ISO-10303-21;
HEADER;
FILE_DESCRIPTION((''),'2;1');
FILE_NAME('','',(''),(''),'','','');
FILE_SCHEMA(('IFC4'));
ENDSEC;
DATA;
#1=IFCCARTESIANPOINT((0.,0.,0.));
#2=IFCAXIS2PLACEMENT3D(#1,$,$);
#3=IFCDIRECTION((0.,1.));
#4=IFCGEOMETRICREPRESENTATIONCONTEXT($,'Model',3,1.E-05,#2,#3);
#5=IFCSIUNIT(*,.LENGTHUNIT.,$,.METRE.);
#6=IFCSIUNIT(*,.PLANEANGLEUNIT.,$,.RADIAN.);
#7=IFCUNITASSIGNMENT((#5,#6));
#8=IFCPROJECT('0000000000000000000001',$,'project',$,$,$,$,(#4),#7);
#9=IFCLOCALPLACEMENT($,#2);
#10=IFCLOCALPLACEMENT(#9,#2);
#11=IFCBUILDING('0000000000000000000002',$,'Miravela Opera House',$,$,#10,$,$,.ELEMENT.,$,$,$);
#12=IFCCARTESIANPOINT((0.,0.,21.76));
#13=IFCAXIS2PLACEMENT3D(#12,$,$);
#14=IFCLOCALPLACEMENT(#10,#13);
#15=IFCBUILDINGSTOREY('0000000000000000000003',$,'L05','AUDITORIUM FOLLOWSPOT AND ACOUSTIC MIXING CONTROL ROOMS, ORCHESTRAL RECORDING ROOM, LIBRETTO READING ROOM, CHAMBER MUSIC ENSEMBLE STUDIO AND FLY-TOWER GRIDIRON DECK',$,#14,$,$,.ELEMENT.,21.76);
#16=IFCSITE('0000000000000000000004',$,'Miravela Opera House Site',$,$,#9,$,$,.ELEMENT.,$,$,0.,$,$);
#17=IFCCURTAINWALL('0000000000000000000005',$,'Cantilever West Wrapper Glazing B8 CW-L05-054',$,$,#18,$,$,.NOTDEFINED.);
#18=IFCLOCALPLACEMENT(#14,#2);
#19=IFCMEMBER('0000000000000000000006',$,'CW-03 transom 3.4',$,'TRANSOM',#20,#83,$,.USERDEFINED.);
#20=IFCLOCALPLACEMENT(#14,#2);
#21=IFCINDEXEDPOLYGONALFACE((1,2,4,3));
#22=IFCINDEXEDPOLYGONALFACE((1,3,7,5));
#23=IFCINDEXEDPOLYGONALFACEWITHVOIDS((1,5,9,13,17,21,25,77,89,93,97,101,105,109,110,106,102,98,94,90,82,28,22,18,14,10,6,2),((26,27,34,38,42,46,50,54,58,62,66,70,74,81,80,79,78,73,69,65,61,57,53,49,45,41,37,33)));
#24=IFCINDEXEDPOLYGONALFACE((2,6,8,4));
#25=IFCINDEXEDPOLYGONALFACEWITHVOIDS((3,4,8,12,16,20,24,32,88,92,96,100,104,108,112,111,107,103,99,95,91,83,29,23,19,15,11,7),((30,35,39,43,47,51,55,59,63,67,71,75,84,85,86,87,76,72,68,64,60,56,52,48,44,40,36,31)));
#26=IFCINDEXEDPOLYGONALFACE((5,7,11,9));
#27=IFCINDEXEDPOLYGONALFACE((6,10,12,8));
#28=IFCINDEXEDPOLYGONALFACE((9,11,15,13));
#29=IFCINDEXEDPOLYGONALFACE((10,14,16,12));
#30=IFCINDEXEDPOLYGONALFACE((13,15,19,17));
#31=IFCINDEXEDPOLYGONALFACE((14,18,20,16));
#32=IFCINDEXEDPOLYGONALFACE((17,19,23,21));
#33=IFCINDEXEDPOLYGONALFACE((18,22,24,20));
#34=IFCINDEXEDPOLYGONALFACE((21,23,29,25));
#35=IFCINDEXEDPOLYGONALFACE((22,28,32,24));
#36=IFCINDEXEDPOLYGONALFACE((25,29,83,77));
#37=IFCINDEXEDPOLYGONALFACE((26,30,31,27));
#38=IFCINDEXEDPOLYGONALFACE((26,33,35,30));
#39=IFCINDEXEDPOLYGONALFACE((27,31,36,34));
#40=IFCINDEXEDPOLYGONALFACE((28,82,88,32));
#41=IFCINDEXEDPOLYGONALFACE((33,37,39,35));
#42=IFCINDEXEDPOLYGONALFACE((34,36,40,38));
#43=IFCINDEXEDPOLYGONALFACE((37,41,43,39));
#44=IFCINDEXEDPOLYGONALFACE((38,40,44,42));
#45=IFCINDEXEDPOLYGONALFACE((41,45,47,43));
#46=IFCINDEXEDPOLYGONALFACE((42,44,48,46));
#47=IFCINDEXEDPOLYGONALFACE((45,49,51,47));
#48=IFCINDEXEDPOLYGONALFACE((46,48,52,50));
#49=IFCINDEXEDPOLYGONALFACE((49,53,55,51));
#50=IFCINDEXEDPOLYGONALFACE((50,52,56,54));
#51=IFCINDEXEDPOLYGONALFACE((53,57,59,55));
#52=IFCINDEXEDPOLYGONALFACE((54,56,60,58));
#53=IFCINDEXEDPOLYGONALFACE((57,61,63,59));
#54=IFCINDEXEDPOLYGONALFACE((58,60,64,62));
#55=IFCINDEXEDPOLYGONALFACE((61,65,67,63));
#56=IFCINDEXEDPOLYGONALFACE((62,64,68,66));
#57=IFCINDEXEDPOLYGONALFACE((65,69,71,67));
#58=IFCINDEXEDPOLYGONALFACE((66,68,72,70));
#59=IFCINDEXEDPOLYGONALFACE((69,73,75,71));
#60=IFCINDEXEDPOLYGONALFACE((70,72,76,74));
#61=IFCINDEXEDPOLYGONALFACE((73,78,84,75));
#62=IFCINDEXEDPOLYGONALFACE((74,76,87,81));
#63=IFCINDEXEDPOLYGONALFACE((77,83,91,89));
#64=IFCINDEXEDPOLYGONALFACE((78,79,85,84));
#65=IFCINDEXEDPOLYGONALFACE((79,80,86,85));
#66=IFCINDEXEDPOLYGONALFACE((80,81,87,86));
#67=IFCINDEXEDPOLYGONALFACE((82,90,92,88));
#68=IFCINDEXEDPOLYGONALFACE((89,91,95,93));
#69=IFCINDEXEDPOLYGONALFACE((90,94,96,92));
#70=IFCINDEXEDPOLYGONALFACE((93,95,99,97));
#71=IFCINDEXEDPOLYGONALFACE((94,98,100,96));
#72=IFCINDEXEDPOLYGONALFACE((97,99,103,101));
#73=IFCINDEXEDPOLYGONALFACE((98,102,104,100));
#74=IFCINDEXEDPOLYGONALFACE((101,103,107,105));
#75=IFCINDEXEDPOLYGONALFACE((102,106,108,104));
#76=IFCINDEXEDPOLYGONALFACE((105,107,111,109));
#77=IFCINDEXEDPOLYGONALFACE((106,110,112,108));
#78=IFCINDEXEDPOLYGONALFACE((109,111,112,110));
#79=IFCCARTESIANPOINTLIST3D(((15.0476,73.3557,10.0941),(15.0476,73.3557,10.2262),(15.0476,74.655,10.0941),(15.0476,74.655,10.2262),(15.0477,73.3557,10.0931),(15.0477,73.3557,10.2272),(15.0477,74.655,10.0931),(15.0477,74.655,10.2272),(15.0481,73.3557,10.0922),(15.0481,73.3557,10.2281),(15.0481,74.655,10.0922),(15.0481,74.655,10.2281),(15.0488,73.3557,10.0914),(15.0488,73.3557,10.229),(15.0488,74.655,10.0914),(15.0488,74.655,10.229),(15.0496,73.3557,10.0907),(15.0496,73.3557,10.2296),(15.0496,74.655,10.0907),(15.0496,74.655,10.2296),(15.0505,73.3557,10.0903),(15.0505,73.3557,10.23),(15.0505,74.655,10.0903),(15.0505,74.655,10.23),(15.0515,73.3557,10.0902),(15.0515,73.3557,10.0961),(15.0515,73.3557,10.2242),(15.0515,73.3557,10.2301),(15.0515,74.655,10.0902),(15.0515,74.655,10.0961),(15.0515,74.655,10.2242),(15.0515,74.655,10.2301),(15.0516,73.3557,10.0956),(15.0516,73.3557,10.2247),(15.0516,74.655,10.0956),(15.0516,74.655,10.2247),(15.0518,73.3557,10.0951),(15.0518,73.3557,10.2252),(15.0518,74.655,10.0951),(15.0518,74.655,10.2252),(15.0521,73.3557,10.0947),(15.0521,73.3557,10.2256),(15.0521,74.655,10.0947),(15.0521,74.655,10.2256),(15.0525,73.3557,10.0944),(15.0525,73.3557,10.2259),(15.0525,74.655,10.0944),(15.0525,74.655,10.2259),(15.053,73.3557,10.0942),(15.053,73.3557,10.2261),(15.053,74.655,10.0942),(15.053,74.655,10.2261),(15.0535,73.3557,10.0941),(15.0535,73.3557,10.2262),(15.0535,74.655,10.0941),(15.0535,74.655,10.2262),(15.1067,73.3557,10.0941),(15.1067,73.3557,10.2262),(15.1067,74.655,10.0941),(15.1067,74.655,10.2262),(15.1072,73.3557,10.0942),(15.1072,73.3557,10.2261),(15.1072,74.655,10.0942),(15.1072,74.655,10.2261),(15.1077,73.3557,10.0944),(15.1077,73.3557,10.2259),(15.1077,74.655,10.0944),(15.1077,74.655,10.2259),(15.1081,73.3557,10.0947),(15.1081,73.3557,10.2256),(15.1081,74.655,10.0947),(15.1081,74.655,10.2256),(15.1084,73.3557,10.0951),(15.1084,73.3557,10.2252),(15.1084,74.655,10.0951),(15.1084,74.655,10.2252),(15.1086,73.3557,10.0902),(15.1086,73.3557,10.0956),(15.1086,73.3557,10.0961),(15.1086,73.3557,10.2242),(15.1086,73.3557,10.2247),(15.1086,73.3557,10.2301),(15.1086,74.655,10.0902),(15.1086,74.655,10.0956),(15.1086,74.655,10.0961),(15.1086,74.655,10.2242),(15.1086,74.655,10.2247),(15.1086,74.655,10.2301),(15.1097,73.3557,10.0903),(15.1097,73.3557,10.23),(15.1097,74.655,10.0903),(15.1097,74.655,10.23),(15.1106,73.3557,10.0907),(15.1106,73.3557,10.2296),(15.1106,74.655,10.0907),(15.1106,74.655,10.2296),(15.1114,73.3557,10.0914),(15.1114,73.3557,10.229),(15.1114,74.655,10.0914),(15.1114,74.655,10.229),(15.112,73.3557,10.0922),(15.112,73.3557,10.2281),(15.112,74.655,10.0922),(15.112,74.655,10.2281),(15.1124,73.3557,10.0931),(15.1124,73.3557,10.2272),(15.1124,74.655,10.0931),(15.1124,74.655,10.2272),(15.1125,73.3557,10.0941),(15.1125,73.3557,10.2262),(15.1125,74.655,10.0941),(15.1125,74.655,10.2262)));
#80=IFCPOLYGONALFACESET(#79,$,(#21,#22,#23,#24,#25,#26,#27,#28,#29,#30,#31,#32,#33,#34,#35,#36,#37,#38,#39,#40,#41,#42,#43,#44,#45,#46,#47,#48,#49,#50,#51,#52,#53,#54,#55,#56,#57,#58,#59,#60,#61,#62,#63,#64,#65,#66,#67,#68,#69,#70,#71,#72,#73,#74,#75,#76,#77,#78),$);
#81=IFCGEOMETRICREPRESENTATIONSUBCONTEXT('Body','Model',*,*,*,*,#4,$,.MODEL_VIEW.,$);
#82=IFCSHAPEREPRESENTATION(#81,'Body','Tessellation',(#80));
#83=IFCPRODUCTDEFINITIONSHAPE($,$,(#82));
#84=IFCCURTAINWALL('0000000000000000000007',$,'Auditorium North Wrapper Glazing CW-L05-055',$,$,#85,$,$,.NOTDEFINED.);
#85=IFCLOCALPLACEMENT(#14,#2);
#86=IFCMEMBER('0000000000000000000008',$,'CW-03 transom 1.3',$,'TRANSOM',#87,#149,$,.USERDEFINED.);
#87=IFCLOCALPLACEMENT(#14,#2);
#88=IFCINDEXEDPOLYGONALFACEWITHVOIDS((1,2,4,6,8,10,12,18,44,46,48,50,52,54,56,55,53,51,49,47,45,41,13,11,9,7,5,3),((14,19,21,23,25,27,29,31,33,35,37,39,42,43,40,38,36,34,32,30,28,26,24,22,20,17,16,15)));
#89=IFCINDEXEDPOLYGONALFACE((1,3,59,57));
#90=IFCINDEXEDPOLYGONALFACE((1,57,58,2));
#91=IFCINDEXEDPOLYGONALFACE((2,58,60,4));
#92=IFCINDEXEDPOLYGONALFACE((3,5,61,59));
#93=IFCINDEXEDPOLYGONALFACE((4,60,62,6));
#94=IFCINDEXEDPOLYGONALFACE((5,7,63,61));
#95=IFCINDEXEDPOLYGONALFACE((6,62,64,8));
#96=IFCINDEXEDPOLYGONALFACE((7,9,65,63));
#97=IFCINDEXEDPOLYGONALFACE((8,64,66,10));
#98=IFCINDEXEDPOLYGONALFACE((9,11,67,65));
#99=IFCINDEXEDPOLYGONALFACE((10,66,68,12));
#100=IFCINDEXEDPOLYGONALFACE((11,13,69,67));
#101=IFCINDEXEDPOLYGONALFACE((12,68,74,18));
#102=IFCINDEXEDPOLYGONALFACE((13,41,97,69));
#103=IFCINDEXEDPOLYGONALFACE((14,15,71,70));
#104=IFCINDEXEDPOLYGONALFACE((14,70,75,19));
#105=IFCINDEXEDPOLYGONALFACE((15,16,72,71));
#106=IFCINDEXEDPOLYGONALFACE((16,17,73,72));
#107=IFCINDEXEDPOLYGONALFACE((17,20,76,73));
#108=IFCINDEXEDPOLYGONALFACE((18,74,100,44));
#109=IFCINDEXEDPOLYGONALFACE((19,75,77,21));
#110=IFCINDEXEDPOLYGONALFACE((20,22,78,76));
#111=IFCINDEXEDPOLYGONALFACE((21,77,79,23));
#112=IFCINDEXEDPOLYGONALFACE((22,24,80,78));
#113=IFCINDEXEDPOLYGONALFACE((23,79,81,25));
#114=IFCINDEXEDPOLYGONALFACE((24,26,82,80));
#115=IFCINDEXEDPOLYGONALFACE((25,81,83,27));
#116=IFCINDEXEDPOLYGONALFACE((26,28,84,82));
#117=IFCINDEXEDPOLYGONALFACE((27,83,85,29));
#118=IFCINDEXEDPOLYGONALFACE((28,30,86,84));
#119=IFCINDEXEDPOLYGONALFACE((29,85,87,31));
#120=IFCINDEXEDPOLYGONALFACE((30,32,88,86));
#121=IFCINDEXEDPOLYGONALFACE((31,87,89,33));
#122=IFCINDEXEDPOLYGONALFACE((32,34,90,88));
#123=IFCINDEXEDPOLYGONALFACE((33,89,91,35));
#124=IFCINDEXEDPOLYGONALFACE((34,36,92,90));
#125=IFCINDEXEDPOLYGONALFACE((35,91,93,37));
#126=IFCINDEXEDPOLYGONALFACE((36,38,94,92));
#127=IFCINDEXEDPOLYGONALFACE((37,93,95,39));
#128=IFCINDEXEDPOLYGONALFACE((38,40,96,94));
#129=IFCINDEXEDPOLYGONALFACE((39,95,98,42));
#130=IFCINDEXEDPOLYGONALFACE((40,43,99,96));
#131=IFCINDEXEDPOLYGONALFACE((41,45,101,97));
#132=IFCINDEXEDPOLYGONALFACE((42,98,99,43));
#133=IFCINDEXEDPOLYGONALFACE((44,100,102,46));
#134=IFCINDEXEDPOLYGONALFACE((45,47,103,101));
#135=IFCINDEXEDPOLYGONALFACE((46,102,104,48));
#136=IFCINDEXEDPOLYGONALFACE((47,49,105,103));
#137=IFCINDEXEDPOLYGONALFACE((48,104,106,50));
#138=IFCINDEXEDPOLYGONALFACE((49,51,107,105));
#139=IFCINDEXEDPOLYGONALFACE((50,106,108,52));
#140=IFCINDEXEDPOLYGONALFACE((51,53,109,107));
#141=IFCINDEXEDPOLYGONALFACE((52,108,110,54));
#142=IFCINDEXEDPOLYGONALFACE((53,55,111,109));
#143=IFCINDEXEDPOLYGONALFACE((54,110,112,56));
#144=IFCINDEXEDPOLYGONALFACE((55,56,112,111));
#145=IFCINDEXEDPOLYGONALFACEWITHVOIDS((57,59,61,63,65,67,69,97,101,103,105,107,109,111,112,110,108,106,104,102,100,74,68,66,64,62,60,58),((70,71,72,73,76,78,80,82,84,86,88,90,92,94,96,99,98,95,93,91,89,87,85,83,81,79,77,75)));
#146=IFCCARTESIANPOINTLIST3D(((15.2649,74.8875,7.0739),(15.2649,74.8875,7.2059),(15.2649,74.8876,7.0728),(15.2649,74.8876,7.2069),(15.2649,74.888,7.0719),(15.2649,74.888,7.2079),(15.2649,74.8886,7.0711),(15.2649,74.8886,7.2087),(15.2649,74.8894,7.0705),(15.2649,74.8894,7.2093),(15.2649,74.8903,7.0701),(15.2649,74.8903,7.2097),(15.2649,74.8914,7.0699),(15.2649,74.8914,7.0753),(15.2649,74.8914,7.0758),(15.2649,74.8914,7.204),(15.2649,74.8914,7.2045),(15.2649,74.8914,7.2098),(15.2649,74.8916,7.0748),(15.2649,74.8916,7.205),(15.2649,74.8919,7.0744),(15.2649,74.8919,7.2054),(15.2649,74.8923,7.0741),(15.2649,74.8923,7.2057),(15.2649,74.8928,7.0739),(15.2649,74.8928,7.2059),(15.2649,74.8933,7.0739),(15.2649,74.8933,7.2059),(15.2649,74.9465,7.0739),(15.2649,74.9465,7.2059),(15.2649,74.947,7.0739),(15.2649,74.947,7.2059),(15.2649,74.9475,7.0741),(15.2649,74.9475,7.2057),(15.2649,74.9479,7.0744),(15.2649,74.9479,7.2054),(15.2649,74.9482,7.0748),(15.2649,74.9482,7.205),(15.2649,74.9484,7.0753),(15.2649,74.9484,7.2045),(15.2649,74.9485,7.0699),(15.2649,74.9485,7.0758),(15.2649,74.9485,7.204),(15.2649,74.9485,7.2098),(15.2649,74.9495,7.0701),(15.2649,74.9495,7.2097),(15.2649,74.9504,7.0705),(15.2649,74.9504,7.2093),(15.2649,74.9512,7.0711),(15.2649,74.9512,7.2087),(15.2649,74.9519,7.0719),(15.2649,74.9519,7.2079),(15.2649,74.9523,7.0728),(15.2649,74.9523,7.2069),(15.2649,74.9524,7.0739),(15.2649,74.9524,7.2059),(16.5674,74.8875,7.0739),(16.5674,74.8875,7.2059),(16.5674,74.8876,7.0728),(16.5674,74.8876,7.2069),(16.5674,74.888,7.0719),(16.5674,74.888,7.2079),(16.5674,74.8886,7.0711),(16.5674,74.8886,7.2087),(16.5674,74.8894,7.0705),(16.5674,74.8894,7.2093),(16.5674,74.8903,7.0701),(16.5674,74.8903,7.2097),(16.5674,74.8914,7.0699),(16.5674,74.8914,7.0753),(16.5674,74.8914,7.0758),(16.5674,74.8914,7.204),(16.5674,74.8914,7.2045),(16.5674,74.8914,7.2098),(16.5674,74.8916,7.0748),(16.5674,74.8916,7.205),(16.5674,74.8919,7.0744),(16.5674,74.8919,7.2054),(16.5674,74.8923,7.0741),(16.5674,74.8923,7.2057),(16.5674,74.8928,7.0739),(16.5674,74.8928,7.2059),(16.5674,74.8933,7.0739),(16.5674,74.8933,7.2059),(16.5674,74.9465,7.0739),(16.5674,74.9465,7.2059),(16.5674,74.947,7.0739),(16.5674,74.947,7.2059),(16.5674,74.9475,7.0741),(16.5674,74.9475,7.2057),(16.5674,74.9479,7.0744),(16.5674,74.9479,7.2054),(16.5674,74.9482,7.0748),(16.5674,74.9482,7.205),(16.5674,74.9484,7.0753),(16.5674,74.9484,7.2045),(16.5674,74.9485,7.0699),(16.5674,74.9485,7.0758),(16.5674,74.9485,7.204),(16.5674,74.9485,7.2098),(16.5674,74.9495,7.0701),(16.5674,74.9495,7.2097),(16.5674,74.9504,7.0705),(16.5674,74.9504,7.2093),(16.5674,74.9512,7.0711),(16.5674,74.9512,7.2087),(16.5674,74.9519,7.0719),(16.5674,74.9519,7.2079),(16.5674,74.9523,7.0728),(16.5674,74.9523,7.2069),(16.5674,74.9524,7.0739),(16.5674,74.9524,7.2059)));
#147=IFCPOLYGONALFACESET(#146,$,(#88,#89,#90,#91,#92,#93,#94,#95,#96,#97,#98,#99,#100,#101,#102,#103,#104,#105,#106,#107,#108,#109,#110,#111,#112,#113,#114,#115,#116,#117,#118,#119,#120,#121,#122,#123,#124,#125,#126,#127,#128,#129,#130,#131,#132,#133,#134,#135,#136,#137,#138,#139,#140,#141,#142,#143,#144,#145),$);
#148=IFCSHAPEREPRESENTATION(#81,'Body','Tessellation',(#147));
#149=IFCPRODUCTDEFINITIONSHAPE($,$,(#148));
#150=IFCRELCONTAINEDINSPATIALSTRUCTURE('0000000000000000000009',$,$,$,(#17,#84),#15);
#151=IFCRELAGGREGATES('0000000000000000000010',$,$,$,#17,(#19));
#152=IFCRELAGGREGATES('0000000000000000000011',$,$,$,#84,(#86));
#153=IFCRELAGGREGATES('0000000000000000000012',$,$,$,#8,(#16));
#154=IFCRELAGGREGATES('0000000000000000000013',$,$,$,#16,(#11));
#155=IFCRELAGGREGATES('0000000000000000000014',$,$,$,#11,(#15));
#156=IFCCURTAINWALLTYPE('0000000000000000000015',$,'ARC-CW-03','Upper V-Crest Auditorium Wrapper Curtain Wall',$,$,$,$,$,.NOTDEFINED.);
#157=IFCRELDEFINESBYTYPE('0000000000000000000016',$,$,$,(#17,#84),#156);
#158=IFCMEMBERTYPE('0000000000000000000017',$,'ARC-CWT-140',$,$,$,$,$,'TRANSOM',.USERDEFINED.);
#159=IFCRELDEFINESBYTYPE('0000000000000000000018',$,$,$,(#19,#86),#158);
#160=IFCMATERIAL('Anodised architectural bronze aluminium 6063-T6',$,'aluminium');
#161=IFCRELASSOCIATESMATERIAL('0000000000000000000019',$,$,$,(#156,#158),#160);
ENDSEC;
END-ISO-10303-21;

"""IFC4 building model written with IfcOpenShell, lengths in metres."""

from ifc_helpers import new_model, si_unit, direction, frame, origin, origin_2d, place, context, subcontext, project, spatial, hollow_rectangle, extrude, material, material_profile, profile_set, type_object, element, aggregate, save


model = new_model("IFC4")

# Units and contexts
model_context = context("Model", 3, precision=1e-05, world=origin(), true_north=direction((0.0, 1.0)))
body_context = subcontext(model_context, "Body", "Model", "MODEL_VIEW")
ifc_project = project(units=[si_unit("LENGTHUNIT", "METRE"), si_unit("PLANEANGLEUNIT", "RADIAN")], contexts=[model_context])

# Site, building, storey
site_placement = place(None, origin())
site = spatial("IfcSite", under=ifc_project, at=site_placement, Name="Miravela Opera House Site", CompositionType="ELEMENT", RefElevation=0.0)
building_placement = place(site_placement, origin())
building = spatial("IfcBuilding", under=site, at=building_placement, Name="Miravela Opera House", CompositionType="ELEMENT")
storey_placement = place(building_placement, frame((0.0, 0.0, 21.76)))
storey = spatial("IfcBuildingStorey", under=building, at=storey_placement, Name="L05", Description="AUDITORIUM FOLLOWSPOT AND ACOUSTIC MIXING CONTROL ROOMS, ORCHESTRAL RECORDING ROOM, LIBRETTO READING ROOM, CHAMBER MUSIC ENSEMBLE STUDIO AND FLY-TOWER GRIDIRON DECK", CompositionType="ELEMENT", Elevation=21.76)

# Curtain walls, members
ifc_material_1 = material(Name="Anodised architectural bronze aluminium 6063-T6", Category="aluminium")
curtain_wall_type = type_object("IfcCurtainWallType", Name="ARC-CW-03", Description="Upper V-Crest Auditorium Wrapper Curtain Wall", PredefinedType="NOTDEFINED", material=ifc_material_1)
ifc_material_profile_1 = material_profile(ifc_material_1, hollow_rectangle(XDim=0.0649, YDim=0.1399, WallThickness=0.0039, InnerFilletRadius=0.002, OuterFilletRadius=0.0039, at=origin_2d()), Name="CWT-65X140")
ifc_profile_set_1 = profile_set([ifc_material_profile_1])
member_type_1 = type_object("IfcMemberType", Name="ARC-CWT-140", ElementType="TRANSOM", PredefinedType="USERDEFINED", material=ifc_profile_set_1)
curtain_wall_1_placement = place(storey_placement, origin())
curtain_wall_1 = element("IfcCurtainWall", 1, at=curtain_wall_1_placement, inside=storey, type_object=curtain_wall_type, Name="Cantilever West Wrapper Glazing B8 CW-L05-054", PredefinedType="NOTDEFINED")
member_1_placement = place(storey_placement, frame((15.0801, 73.3557, 10.1602), z_axis=(0.0, 1.0, 0.0), x_axis=(-1.0, 0.0, 0.0)))
member_1 = element("IfcMember", 2, at=member_1_placement, type_object=member_type_1, Name="CW-03 transom 3.4", ObjectType="TRANSOM", PredefinedType="USERDEFINED", context=body_context, shape_type="SweptSolid", body=[
    extrude(hollow_rectangle(XDim=0.0649, YDim=0.1399, WallThickness=0.0039, InnerFilletRadius=0.002, OuterFilletRadius=0.0039, at=origin_2d()), origin(), (0.0, 0.0, 1.0), 1.2993),
])
aggregate(curtain_wall_1, [member_1])
curtain_wall_2_placement = place(storey_placement, origin())
curtain_wall_2 = element("IfcCurtainWall", 3, at=curtain_wall_2_placement, inside=storey, type_object=curtain_wall_type, Name="Auditorium North Wrapper Glazing CW-L05-055", PredefinedType="NOTDEFINED")
member_2_placement = place(storey_placement, frame((15.2649, 74.9199, 7.1399), z_axis=(1.0, 0.0, 0.0), x_axis=(0.0, 1.0, 0.0)))
member_2 = element("IfcMember", 4, at=member_2_placement, type_object=member_type_1, Name="CW-03 transom 1.3", ObjectType="TRANSOM", PredefinedType="USERDEFINED", context=body_context, shape_type="SweptSolid", body=[
    extrude(hollow_rectangle(XDim=0.0649, YDim=0.1399, WallThickness=0.0039, InnerFilletRadius=0.002, OuterFilletRadius=0.0039, at=origin_2d()), origin(), (0.0, 0.0, 1.0), 1.3025),
])

aggregate(curtain_wall_2, [member_2])

save(model, "model.ifc")
